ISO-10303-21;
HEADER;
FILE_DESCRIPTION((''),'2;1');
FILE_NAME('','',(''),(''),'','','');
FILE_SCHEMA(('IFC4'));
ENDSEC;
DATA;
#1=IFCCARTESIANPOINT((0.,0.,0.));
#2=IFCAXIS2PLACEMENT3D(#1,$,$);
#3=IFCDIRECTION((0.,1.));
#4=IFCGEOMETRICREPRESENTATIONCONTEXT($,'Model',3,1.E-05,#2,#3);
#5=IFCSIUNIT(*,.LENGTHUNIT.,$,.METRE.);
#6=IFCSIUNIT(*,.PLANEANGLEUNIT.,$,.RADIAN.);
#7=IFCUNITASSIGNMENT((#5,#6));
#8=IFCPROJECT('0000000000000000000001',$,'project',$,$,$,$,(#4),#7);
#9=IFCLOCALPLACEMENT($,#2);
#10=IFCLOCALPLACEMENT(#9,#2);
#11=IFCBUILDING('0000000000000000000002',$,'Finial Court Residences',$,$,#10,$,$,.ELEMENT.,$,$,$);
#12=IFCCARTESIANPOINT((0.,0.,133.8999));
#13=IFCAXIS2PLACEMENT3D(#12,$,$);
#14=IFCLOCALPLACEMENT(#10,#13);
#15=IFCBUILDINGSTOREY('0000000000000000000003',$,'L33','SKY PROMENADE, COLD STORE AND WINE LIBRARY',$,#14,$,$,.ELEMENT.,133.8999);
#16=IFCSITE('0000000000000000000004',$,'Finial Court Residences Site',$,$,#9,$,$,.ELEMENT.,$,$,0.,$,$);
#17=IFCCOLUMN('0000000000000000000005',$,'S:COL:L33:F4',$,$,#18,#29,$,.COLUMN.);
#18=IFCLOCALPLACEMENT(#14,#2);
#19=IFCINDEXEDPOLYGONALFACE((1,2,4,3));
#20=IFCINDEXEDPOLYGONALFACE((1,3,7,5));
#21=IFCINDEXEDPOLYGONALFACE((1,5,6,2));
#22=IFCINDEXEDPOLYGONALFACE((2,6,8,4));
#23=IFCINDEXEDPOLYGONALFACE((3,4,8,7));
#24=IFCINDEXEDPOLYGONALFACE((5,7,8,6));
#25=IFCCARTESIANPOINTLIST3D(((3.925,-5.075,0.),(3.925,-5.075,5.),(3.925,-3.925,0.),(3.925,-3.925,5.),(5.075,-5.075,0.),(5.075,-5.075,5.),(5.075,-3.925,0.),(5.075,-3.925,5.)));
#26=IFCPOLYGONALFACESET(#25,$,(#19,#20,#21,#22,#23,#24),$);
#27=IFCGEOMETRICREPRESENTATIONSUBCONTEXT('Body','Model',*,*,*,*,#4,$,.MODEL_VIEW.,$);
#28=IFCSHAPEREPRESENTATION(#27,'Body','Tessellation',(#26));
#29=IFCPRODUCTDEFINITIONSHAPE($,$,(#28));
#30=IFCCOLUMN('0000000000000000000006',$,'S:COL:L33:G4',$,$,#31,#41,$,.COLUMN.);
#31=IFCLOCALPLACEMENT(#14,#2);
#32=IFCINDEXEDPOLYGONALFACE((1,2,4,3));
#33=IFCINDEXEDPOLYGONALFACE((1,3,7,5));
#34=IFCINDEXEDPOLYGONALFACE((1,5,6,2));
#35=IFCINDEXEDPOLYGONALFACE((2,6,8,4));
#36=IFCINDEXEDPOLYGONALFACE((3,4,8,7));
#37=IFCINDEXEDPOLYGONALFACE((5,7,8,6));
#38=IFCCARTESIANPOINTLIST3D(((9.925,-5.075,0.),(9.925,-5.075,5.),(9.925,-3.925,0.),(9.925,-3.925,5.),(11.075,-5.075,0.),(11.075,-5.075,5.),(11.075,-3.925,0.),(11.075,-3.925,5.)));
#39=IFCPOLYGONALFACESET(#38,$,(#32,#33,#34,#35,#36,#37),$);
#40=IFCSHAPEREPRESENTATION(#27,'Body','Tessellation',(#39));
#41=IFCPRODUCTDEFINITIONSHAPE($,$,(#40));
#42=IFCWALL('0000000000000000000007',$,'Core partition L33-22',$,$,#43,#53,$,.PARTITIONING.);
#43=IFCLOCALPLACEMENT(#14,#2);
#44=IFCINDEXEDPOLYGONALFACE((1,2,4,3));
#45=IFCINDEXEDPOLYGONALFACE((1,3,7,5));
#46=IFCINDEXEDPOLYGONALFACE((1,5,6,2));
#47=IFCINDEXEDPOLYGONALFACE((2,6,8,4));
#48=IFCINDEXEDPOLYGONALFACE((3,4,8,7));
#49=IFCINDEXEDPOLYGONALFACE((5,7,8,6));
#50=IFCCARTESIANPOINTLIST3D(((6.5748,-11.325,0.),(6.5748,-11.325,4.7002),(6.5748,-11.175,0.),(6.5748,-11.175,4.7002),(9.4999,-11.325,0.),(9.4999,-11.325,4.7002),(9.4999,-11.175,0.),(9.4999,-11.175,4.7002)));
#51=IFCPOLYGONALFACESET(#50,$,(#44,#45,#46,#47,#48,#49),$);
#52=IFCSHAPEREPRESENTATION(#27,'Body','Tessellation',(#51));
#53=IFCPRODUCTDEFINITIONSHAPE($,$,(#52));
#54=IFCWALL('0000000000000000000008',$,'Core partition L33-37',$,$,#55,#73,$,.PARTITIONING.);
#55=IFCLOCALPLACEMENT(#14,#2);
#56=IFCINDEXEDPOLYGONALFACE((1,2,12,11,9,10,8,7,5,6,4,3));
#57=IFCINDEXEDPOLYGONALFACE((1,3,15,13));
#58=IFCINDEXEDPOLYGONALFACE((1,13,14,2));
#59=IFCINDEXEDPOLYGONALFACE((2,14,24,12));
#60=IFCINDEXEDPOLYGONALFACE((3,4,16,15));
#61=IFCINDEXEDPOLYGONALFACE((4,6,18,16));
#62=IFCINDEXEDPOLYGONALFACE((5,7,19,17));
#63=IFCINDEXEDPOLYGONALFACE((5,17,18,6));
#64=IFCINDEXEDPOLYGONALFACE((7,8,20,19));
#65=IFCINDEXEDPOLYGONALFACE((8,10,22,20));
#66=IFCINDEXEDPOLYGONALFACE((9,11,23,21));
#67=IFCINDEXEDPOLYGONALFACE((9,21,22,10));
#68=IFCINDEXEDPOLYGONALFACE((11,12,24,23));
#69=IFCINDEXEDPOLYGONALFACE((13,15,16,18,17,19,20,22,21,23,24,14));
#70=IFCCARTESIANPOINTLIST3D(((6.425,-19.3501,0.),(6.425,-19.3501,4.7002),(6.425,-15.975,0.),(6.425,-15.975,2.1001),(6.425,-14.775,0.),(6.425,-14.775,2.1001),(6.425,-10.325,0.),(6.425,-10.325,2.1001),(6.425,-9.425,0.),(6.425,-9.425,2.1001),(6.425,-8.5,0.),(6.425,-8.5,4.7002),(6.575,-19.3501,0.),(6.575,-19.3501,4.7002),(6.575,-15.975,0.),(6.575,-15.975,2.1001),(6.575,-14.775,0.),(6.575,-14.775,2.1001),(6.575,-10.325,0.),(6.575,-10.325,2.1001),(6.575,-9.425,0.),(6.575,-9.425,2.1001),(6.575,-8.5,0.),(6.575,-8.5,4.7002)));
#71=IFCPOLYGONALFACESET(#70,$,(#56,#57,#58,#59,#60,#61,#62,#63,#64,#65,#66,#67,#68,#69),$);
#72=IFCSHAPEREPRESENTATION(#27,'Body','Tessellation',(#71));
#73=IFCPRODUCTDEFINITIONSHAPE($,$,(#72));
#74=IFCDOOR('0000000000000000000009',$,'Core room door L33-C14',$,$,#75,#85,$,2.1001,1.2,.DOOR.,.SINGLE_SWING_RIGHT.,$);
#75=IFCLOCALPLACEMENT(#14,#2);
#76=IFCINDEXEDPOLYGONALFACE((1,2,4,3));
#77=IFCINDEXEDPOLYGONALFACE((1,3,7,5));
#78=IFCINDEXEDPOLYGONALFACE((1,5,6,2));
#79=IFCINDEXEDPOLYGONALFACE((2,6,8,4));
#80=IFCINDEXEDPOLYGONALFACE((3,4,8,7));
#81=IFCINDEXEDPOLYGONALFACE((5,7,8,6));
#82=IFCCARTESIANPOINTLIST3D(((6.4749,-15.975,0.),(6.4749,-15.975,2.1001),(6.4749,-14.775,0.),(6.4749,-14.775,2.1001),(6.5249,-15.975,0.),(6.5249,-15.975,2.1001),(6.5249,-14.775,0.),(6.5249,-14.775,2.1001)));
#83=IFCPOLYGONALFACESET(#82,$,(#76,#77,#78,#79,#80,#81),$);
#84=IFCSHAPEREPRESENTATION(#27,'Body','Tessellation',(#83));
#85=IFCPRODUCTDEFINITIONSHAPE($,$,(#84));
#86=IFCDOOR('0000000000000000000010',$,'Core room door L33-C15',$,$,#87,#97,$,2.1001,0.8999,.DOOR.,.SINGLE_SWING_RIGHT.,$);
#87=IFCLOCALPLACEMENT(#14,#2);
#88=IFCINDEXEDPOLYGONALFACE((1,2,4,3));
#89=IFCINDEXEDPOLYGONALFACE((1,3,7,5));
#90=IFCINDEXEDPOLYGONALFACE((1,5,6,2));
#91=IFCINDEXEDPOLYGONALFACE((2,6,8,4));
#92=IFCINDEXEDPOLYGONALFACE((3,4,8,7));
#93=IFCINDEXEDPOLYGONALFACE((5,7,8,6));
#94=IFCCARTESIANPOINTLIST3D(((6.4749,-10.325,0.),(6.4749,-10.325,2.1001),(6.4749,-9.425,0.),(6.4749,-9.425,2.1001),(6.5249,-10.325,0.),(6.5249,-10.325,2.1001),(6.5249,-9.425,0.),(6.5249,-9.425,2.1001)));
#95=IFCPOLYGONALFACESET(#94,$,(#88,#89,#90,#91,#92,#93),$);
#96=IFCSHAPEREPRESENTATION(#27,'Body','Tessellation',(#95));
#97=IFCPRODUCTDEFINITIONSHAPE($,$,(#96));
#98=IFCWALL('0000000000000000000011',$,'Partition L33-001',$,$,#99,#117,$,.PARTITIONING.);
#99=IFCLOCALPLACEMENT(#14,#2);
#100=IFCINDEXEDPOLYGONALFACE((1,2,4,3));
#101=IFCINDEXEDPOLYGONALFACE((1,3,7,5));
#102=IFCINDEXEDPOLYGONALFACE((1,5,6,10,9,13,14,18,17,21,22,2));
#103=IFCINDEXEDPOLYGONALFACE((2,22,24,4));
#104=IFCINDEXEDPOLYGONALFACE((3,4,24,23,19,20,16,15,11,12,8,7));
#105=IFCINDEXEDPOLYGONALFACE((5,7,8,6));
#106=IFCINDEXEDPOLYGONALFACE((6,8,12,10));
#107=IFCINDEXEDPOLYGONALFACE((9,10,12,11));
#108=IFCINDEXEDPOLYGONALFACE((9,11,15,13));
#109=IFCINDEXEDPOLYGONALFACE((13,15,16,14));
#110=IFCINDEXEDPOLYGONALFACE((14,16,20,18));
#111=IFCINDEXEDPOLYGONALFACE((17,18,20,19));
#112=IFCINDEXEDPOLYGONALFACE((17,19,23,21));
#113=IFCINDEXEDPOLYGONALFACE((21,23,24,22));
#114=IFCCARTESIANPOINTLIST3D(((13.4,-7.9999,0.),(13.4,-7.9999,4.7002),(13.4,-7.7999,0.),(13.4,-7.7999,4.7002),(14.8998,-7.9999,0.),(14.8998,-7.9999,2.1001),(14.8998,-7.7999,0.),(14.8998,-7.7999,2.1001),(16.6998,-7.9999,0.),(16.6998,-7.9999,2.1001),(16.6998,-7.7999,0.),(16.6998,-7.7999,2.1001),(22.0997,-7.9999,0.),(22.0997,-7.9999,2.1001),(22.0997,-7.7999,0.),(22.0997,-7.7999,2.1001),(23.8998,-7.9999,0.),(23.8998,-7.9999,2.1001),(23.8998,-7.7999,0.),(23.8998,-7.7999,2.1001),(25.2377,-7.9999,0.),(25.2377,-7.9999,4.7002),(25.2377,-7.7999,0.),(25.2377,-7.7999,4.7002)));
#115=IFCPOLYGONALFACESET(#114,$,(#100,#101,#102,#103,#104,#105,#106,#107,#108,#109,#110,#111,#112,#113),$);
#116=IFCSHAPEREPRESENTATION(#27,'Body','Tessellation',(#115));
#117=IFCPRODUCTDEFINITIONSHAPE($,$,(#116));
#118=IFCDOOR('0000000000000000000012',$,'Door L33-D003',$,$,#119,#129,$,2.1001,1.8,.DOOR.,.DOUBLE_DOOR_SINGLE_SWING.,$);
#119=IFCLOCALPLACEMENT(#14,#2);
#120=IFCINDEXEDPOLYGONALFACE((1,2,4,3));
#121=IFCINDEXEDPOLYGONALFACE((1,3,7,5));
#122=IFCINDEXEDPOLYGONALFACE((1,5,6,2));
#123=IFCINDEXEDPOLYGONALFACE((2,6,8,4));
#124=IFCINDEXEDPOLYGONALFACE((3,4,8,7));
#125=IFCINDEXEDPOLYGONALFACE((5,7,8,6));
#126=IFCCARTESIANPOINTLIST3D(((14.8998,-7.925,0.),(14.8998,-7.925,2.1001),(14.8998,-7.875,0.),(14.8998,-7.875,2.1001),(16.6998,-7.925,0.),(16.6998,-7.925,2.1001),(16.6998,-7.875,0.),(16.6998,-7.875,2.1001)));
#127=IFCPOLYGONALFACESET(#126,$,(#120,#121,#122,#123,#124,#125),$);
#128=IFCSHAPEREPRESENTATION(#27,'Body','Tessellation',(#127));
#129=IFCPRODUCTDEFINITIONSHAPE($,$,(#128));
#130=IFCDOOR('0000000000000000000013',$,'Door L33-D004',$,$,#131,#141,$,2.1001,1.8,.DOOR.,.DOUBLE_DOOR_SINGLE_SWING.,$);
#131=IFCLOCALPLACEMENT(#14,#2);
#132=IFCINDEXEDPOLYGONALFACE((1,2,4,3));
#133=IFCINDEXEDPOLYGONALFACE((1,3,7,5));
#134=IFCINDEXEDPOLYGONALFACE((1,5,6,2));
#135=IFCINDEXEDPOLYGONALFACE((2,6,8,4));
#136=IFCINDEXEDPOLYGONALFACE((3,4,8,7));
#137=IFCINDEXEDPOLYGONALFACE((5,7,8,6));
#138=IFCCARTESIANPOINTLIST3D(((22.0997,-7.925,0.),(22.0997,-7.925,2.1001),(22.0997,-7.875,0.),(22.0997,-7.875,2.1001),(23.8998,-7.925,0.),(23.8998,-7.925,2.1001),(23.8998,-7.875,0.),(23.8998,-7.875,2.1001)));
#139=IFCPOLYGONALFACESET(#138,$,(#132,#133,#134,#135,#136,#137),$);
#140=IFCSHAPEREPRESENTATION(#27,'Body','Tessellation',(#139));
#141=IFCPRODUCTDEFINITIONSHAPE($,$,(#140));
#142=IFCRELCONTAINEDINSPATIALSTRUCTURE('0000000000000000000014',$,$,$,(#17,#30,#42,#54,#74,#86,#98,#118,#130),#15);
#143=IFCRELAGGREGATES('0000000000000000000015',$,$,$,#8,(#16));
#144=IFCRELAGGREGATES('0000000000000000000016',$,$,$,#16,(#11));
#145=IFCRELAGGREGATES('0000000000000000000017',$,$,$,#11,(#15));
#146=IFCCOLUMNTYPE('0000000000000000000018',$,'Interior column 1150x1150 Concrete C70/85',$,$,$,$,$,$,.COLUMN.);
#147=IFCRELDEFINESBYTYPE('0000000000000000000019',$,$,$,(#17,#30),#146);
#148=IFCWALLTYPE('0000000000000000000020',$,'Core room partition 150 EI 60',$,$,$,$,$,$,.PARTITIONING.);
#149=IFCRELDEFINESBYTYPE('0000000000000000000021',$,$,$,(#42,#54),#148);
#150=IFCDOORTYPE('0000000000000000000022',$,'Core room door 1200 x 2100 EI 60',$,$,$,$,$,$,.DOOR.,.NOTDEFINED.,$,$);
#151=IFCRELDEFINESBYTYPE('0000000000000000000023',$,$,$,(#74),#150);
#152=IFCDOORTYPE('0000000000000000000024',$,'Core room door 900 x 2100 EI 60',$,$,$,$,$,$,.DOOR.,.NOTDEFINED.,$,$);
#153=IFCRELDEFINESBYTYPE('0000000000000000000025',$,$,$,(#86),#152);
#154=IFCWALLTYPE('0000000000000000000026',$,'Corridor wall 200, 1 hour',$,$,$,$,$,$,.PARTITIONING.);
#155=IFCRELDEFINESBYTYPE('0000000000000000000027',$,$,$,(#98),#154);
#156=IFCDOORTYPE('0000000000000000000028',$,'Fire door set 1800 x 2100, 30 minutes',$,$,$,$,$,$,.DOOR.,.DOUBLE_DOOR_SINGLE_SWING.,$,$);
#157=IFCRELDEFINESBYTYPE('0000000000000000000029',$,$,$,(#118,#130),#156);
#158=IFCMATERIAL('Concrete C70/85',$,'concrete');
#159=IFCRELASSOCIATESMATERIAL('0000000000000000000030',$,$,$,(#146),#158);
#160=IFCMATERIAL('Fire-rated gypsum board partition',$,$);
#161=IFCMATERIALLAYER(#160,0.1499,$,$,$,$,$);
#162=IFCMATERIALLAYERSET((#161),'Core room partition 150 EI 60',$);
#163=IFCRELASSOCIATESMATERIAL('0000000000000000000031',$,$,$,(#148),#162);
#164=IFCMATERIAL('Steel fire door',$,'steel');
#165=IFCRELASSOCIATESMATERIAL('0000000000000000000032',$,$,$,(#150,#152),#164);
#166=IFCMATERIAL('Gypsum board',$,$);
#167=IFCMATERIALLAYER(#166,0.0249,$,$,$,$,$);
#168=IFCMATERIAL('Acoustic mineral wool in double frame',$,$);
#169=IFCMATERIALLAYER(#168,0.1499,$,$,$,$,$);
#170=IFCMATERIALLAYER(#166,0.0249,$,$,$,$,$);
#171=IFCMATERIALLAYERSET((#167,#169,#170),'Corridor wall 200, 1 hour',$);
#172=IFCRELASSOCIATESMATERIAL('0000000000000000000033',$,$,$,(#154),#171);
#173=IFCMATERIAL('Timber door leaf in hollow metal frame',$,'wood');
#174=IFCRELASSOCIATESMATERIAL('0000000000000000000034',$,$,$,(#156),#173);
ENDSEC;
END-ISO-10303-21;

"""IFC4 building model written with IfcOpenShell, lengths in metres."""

from ifc_helpers import new_model, si_unit, direction, frame, frame_2d, origin, origin_2d, place, context, subcontext, project, spatial, rectangle, extrude, material, layer, layer_set, material_profile, profile_set, type_object, element, fill, save


model = new_model("IFC4")

# Units and contexts
model_context = context("Model", 3, precision=1e-05, world=origin(), true_north=direction((0.0, 1.0)))
body_context = subcontext(model_context, "Body", "Model", "MODEL_VIEW")
ifc_project = project(units=[si_unit("LENGTHUNIT", "METRE"), si_unit("PLANEANGLEUNIT", "RADIAN")], contexts=[model_context])

# Site, building, storey
site_placement = place(None, origin())
site = spatial("IfcSite", under=ifc_project, at=site_placement, Name="Finial Court Residences Site", CompositionType="ELEMENT", RefElevation=0.0)
building_placement = place(site_placement, origin())
building = spatial("IfcBuilding", under=site, at=building_placement, Name="Finial Court Residences", CompositionType="ELEMENT")
storey_placement = place(building_placement, frame((0.0, 0.0, 133.8999)))
storey = spatial("IfcBuildingStorey", under=building, at=storey_placement, Name="L33", Description="SKY PROMENADE, COLD STORE AND WINE LIBRARY", CompositionType="ELEMENT", Elevation=133.8999)

# Columns
ifc_material_1 = material(Name="Concrete C70/85", Category="concrete")
ifc_material_profile = material_profile(ifc_material_1, rectangle(XDim=1.1499, YDim=1.1499, at=origin_2d()), Name="1150x1150")
ifc_profile_set = profile_set([ifc_material_profile], Name="Concrete C70/85")
column_type = type_object("IfcColumnType", Name="Interior column 1150x1150 Concrete C70/85", PredefinedType="COLUMN", material=ifc_profile_set)
for number, where, z_axis, x_axis, name in (
    (1, (4.5, -4.5, 0.0), (0.0, 0.0, 1.0), (1.0, 0.0, 0.0), "S:COL:L33:F4"),
    (2, (10.5, -4.5, 0.0), (0.0, 0.0, 1.0), (1.0, 0.0, 0.0), "S:COL:L33:G4"),
):
    element("IfcColumn", number, at=place(storey_placement, frame(where, z_axis=z_axis, x_axis=x_axis)), inside=storey, type_object=column_type, Name=name, PredefinedType="COLUMN", context=body_context, shape_type="SweptSolid", body=[
        extrude(rectangle(XDim=1.1499, YDim=1.1499, at=origin_2d()), origin(), (0.0, 0.0, 1.0), 5.0),
    ])

# Wall
ifc_material_2 = material(Name="Fire-rated gypsum board partition")
ifc_layer_1 = layer(ifc_material_2, 0.1499)
ifc_layer_set_1 = layer_set([ifc_layer_1], Name="Core room partition 150 EI 60")
wall_type_1 = type_object("IfcWallType", Name="Core room partition 150 EI 60", PredefinedType="PARTITIONING", material=ifc_layer_set_1)
wall_1_placement = place(storey_placement, frame((6.575, -11.25, 0.0), z_axis=(0.0, 0.0, 1.0), x_axis=(1.0, 0.0, 0.0)))
element("IfcWall", 3, at=wall_1_placement, inside=storey, type_object=wall_type_1, Name="Core partition L33-22", PredefinedType="PARTITIONING", context=body_context, shape_type="SweptSolid", body=[
    extrude(rectangle(XDim=2.925, YDim=0.1499, at=frame_2d((1.4624, 0.0))), origin(), (0.0, 0.0, 1.0), 4.7002),
])

# Walls, openings, doors
wall_2_placement = place(storey_placement, frame((6.5, -8.5, 0.0), z_axis=(0.0, 0.0, 1.0), x_axis=(0.0, -1.0, 0.0)))
wall_2 = element("IfcWall", 4, at=wall_2_placement, inside=storey, type_object=wall_type_1, Name="Core partition L33-37", PredefinedType="PARTITIONING", context=body_context, shape_type="SweptSolid", body=[
    extrude(rectangle(XDim=10.8501, YDim=0.1499, at=frame_2d((5.425, 0.0))), origin(), (0.0, 0.0, 1.0), 4.7002),
])
opening_1_placement = place(wall_2_placement, frame((6.2749, 0.0, 0.0)))
opening_1 = element("IfcOpeningElement", 5, at=opening_1_placement, cuts=wall_2, PredefinedType="OPENING", context=body_context, shape_type="SweptSolid", body=[
    extrude(rectangle(XDim=1.2, YDim=2.1001, at=frame_2d((0.6001, 1.05))), frame((0.0, 0.085, 0.0), z_axis=(0.0, -1.0, 0.0), x_axis=(1.0, 0.0, 0.0)), (0.0, 0.0, 1.0), 0.1699),
])
opening_2_placement = place(wall_2_placement, frame((0.925, 0.0, 0.0)))
opening_2 = element("IfcOpeningElement", 6, at=opening_2_placement, cuts=wall_2, PredefinedType="OPENING", context=body_context, shape_type="SweptSolid", body=[
    extrude(rectangle(XDim=0.8999, YDim=2.1001, at=frame_2d((0.45, 1.05))), frame((0.0, 0.085, 0.0), z_axis=(0.0, -1.0, 0.0), x_axis=(1.0, 0.0, 0.0)), (0.0, 0.0, 1.0), 0.1699),
])
ifc_material_3 = material(Name="Steel fire door", Category="steel")
door_type_1 = type_object("IfcDoorType", Name="Core room door 1200 x 2100 EI 60", OperationType="NOTDEFINED", PredefinedType="DOOR", material=ifc_material_3)
door_1_placement = place(opening_1_placement, origin())
door_1 = element("IfcDoor", 7, at=door_1_placement, inside=storey, type_object=door_type_1, Name="Core room door L33-C14", OperationType="SINGLE_SWING_RIGHT", OverallHeight=2.1001, OverallWidth=1.2, PredefinedType="DOOR", context=body_context, shape_type="SweptSolid", body=[
    extrude(rectangle(XDim=1.2, YDim=2.1001, at=frame_2d((0.6001, 1.05))), frame((0.0, 0.0249, 0.0), z_axis=(0.0, -1.0, 0.0), x_axis=(1.0, 0.0, 0.0)), (0.0, 0.0, 1.0), 0.05),
])
fill(opening_1, door_1)
door_type_2 = type_object("IfcDoorType", Name="Core room door 900 x 2100 EI 60", OperationType="NOTDEFINED", PredefinedType="DOOR", material=ifc_material_3)
door_2_placement = place(opening_2_placement, origin())
door_2 = element("IfcDoor", 8, at=door_2_placement, inside=storey, type_object=door_type_2, Name="Core room door L33-C15", OperationType="SINGLE_SWING_RIGHT", OverallHeight=2.1001, OverallWidth=0.8999, PredefinedType="DOOR", context=body_context, shape_type="SweptSolid", body=[
    extrude(rectangle(XDim=0.8999, YDim=2.1001, at=frame_2d((0.45, 1.05))), frame((0.0, 0.0249, 0.0), z_axis=(0.0, -1.0, 0.0), x_axis=(1.0, 0.0, 0.0)), (0.0, 0.0, 1.0), 0.05),
])
fill(opening_2, door_2)
ifc_material_4 = material(Name="Gypsum board")
ifc_layer_2 = layer(ifc_material_4, 0.0249)
ifc_material_5 = material(Name="Acoustic mineral wool in double frame")
ifc_layer_3 = layer(ifc_material_5, 0.1499)
ifc_layer_4 = layer(ifc_material_4, 0.0249)
ifc_layer_set_2 = layer_set([ifc_layer_2, ifc_layer_3, ifc_layer_4], Name="Corridor wall 200, 1 hour")
wall_type_2 = type_object("IfcWallType", Name="Corridor wall 200, 1 hour", PredefinedType="PARTITIONING", material=ifc_layer_set_2)
wall_3_placement = place(storey_placement, frame((13.3999, -7.8999, 0.0), z_axis=(0.0, 0.0, 1.0), x_axis=(1.0, 0.0, 0.0)))
wall_3 = element("IfcWall", 9, at=wall_3_placement, inside=storey, type_object=wall_type_2, Name="Partition L33-001", PredefinedType="PARTITIONING", context=body_context, shape_type="SweptSolid", body=[
    extrude(rectangle(XDim=11.8376, YDim=0.2, at=frame_2d((5.9189, 0.0))), origin(), (0.0, 0.0, 1.0), 4.7002),
])
opening_3_placement = place(wall_3_placement, frame((1.5, 0.0, 0.0)))
opening_3 = element("IfcOpeningElement", 10, at=opening_3_placement, cuts=wall_3, PredefinedType="OPENING", context=body_context, shape_type="SweptSolid", body=[
    extrude(rectangle(XDim=1.8, YDim=2.1001, at=frame_2d((0.8999, 1.05))), frame((0.0, 0.1099, 0.0), z_axis=(0.0, -1.0, 0.0), x_axis=(1.0, 0.0, 0.0)), (0.0, 0.0, 1.0), 0.22),
])
opening_4_placement = place(wall_3_placement, frame((8.7, 0.0, 0.0)))
opening_4 = element("IfcOpeningElement", 11, at=opening_4_placement, cuts=wall_3, PredefinedType="OPENING", context=body_context, shape_type="SweptSolid", body=[
    extrude(rectangle(XDim=1.8, YDim=2.1001, at=frame_2d((0.8999, 1.05))), frame((0.0, 0.1099, 0.0), z_axis=(0.0, -1.0, 0.0), x_axis=(1.0, 0.0, 0.0)), (0.0, 0.0, 1.0), 0.22),
])
ifc_material_6 = material(Name="Timber door leaf in hollow metal frame", Category="wood")
door_type_3 = type_object("IfcDoorType", Name="Fire door set 1800 x 2100, 30 minutes", OperationType="DOUBLE_DOOR_SINGLE_SWING", PredefinedType="DOOR", material=ifc_material_6)
door_3_placement = place(opening_3_placement, origin())
door_3 = element("IfcDoor", 12, at=door_3_placement, inside=storey, type_object=door_type_3, Name="Door L33-D003", OperationType="DOUBLE_DOOR_SINGLE_SWING", OverallHeight=2.1001, OverallWidth=1.8, PredefinedType="DOOR", context=body_context, shape_type="SweptSolid", body=[
    extrude(rectangle(XDim=1.8, YDim=2.1001, at=frame_2d((0.8999, 1.05))), frame((0.0, 0.0249, 0.0), z_axis=(0.0, -1.0, 0.0), x_axis=(1.0, 0.0, 0.0)), (0.0, 0.0, 1.0), 0.05),
])
fill(opening_3, door_3)
door_4_placement = place(opening_4_placement, origin())
door_4 = element("IfcDoor", 13, at=door_4_placement, inside=storey, type_object=door_type_3, Name="Door L33-D004", OperationType="DOUBLE_DOOR_SINGLE_SWING", OverallHeight=2.1001, OverallWidth=1.8, PredefinedType="DOOR", context=body_context, shape_type="SweptSolid", body=[
    extrude(rectangle(XDim=1.8, YDim=2.1001, at=frame_2d((0.8999, 1.05))), frame((0.0, 0.0249, 0.0), z_axis=(0.0, -1.0, 0.0), x_axis=(1.0, 0.0, 0.0)), (0.0, 0.0, 1.0), 0.05),
])
fill(opening_4, door_4)

save(model, "model.ifc")
